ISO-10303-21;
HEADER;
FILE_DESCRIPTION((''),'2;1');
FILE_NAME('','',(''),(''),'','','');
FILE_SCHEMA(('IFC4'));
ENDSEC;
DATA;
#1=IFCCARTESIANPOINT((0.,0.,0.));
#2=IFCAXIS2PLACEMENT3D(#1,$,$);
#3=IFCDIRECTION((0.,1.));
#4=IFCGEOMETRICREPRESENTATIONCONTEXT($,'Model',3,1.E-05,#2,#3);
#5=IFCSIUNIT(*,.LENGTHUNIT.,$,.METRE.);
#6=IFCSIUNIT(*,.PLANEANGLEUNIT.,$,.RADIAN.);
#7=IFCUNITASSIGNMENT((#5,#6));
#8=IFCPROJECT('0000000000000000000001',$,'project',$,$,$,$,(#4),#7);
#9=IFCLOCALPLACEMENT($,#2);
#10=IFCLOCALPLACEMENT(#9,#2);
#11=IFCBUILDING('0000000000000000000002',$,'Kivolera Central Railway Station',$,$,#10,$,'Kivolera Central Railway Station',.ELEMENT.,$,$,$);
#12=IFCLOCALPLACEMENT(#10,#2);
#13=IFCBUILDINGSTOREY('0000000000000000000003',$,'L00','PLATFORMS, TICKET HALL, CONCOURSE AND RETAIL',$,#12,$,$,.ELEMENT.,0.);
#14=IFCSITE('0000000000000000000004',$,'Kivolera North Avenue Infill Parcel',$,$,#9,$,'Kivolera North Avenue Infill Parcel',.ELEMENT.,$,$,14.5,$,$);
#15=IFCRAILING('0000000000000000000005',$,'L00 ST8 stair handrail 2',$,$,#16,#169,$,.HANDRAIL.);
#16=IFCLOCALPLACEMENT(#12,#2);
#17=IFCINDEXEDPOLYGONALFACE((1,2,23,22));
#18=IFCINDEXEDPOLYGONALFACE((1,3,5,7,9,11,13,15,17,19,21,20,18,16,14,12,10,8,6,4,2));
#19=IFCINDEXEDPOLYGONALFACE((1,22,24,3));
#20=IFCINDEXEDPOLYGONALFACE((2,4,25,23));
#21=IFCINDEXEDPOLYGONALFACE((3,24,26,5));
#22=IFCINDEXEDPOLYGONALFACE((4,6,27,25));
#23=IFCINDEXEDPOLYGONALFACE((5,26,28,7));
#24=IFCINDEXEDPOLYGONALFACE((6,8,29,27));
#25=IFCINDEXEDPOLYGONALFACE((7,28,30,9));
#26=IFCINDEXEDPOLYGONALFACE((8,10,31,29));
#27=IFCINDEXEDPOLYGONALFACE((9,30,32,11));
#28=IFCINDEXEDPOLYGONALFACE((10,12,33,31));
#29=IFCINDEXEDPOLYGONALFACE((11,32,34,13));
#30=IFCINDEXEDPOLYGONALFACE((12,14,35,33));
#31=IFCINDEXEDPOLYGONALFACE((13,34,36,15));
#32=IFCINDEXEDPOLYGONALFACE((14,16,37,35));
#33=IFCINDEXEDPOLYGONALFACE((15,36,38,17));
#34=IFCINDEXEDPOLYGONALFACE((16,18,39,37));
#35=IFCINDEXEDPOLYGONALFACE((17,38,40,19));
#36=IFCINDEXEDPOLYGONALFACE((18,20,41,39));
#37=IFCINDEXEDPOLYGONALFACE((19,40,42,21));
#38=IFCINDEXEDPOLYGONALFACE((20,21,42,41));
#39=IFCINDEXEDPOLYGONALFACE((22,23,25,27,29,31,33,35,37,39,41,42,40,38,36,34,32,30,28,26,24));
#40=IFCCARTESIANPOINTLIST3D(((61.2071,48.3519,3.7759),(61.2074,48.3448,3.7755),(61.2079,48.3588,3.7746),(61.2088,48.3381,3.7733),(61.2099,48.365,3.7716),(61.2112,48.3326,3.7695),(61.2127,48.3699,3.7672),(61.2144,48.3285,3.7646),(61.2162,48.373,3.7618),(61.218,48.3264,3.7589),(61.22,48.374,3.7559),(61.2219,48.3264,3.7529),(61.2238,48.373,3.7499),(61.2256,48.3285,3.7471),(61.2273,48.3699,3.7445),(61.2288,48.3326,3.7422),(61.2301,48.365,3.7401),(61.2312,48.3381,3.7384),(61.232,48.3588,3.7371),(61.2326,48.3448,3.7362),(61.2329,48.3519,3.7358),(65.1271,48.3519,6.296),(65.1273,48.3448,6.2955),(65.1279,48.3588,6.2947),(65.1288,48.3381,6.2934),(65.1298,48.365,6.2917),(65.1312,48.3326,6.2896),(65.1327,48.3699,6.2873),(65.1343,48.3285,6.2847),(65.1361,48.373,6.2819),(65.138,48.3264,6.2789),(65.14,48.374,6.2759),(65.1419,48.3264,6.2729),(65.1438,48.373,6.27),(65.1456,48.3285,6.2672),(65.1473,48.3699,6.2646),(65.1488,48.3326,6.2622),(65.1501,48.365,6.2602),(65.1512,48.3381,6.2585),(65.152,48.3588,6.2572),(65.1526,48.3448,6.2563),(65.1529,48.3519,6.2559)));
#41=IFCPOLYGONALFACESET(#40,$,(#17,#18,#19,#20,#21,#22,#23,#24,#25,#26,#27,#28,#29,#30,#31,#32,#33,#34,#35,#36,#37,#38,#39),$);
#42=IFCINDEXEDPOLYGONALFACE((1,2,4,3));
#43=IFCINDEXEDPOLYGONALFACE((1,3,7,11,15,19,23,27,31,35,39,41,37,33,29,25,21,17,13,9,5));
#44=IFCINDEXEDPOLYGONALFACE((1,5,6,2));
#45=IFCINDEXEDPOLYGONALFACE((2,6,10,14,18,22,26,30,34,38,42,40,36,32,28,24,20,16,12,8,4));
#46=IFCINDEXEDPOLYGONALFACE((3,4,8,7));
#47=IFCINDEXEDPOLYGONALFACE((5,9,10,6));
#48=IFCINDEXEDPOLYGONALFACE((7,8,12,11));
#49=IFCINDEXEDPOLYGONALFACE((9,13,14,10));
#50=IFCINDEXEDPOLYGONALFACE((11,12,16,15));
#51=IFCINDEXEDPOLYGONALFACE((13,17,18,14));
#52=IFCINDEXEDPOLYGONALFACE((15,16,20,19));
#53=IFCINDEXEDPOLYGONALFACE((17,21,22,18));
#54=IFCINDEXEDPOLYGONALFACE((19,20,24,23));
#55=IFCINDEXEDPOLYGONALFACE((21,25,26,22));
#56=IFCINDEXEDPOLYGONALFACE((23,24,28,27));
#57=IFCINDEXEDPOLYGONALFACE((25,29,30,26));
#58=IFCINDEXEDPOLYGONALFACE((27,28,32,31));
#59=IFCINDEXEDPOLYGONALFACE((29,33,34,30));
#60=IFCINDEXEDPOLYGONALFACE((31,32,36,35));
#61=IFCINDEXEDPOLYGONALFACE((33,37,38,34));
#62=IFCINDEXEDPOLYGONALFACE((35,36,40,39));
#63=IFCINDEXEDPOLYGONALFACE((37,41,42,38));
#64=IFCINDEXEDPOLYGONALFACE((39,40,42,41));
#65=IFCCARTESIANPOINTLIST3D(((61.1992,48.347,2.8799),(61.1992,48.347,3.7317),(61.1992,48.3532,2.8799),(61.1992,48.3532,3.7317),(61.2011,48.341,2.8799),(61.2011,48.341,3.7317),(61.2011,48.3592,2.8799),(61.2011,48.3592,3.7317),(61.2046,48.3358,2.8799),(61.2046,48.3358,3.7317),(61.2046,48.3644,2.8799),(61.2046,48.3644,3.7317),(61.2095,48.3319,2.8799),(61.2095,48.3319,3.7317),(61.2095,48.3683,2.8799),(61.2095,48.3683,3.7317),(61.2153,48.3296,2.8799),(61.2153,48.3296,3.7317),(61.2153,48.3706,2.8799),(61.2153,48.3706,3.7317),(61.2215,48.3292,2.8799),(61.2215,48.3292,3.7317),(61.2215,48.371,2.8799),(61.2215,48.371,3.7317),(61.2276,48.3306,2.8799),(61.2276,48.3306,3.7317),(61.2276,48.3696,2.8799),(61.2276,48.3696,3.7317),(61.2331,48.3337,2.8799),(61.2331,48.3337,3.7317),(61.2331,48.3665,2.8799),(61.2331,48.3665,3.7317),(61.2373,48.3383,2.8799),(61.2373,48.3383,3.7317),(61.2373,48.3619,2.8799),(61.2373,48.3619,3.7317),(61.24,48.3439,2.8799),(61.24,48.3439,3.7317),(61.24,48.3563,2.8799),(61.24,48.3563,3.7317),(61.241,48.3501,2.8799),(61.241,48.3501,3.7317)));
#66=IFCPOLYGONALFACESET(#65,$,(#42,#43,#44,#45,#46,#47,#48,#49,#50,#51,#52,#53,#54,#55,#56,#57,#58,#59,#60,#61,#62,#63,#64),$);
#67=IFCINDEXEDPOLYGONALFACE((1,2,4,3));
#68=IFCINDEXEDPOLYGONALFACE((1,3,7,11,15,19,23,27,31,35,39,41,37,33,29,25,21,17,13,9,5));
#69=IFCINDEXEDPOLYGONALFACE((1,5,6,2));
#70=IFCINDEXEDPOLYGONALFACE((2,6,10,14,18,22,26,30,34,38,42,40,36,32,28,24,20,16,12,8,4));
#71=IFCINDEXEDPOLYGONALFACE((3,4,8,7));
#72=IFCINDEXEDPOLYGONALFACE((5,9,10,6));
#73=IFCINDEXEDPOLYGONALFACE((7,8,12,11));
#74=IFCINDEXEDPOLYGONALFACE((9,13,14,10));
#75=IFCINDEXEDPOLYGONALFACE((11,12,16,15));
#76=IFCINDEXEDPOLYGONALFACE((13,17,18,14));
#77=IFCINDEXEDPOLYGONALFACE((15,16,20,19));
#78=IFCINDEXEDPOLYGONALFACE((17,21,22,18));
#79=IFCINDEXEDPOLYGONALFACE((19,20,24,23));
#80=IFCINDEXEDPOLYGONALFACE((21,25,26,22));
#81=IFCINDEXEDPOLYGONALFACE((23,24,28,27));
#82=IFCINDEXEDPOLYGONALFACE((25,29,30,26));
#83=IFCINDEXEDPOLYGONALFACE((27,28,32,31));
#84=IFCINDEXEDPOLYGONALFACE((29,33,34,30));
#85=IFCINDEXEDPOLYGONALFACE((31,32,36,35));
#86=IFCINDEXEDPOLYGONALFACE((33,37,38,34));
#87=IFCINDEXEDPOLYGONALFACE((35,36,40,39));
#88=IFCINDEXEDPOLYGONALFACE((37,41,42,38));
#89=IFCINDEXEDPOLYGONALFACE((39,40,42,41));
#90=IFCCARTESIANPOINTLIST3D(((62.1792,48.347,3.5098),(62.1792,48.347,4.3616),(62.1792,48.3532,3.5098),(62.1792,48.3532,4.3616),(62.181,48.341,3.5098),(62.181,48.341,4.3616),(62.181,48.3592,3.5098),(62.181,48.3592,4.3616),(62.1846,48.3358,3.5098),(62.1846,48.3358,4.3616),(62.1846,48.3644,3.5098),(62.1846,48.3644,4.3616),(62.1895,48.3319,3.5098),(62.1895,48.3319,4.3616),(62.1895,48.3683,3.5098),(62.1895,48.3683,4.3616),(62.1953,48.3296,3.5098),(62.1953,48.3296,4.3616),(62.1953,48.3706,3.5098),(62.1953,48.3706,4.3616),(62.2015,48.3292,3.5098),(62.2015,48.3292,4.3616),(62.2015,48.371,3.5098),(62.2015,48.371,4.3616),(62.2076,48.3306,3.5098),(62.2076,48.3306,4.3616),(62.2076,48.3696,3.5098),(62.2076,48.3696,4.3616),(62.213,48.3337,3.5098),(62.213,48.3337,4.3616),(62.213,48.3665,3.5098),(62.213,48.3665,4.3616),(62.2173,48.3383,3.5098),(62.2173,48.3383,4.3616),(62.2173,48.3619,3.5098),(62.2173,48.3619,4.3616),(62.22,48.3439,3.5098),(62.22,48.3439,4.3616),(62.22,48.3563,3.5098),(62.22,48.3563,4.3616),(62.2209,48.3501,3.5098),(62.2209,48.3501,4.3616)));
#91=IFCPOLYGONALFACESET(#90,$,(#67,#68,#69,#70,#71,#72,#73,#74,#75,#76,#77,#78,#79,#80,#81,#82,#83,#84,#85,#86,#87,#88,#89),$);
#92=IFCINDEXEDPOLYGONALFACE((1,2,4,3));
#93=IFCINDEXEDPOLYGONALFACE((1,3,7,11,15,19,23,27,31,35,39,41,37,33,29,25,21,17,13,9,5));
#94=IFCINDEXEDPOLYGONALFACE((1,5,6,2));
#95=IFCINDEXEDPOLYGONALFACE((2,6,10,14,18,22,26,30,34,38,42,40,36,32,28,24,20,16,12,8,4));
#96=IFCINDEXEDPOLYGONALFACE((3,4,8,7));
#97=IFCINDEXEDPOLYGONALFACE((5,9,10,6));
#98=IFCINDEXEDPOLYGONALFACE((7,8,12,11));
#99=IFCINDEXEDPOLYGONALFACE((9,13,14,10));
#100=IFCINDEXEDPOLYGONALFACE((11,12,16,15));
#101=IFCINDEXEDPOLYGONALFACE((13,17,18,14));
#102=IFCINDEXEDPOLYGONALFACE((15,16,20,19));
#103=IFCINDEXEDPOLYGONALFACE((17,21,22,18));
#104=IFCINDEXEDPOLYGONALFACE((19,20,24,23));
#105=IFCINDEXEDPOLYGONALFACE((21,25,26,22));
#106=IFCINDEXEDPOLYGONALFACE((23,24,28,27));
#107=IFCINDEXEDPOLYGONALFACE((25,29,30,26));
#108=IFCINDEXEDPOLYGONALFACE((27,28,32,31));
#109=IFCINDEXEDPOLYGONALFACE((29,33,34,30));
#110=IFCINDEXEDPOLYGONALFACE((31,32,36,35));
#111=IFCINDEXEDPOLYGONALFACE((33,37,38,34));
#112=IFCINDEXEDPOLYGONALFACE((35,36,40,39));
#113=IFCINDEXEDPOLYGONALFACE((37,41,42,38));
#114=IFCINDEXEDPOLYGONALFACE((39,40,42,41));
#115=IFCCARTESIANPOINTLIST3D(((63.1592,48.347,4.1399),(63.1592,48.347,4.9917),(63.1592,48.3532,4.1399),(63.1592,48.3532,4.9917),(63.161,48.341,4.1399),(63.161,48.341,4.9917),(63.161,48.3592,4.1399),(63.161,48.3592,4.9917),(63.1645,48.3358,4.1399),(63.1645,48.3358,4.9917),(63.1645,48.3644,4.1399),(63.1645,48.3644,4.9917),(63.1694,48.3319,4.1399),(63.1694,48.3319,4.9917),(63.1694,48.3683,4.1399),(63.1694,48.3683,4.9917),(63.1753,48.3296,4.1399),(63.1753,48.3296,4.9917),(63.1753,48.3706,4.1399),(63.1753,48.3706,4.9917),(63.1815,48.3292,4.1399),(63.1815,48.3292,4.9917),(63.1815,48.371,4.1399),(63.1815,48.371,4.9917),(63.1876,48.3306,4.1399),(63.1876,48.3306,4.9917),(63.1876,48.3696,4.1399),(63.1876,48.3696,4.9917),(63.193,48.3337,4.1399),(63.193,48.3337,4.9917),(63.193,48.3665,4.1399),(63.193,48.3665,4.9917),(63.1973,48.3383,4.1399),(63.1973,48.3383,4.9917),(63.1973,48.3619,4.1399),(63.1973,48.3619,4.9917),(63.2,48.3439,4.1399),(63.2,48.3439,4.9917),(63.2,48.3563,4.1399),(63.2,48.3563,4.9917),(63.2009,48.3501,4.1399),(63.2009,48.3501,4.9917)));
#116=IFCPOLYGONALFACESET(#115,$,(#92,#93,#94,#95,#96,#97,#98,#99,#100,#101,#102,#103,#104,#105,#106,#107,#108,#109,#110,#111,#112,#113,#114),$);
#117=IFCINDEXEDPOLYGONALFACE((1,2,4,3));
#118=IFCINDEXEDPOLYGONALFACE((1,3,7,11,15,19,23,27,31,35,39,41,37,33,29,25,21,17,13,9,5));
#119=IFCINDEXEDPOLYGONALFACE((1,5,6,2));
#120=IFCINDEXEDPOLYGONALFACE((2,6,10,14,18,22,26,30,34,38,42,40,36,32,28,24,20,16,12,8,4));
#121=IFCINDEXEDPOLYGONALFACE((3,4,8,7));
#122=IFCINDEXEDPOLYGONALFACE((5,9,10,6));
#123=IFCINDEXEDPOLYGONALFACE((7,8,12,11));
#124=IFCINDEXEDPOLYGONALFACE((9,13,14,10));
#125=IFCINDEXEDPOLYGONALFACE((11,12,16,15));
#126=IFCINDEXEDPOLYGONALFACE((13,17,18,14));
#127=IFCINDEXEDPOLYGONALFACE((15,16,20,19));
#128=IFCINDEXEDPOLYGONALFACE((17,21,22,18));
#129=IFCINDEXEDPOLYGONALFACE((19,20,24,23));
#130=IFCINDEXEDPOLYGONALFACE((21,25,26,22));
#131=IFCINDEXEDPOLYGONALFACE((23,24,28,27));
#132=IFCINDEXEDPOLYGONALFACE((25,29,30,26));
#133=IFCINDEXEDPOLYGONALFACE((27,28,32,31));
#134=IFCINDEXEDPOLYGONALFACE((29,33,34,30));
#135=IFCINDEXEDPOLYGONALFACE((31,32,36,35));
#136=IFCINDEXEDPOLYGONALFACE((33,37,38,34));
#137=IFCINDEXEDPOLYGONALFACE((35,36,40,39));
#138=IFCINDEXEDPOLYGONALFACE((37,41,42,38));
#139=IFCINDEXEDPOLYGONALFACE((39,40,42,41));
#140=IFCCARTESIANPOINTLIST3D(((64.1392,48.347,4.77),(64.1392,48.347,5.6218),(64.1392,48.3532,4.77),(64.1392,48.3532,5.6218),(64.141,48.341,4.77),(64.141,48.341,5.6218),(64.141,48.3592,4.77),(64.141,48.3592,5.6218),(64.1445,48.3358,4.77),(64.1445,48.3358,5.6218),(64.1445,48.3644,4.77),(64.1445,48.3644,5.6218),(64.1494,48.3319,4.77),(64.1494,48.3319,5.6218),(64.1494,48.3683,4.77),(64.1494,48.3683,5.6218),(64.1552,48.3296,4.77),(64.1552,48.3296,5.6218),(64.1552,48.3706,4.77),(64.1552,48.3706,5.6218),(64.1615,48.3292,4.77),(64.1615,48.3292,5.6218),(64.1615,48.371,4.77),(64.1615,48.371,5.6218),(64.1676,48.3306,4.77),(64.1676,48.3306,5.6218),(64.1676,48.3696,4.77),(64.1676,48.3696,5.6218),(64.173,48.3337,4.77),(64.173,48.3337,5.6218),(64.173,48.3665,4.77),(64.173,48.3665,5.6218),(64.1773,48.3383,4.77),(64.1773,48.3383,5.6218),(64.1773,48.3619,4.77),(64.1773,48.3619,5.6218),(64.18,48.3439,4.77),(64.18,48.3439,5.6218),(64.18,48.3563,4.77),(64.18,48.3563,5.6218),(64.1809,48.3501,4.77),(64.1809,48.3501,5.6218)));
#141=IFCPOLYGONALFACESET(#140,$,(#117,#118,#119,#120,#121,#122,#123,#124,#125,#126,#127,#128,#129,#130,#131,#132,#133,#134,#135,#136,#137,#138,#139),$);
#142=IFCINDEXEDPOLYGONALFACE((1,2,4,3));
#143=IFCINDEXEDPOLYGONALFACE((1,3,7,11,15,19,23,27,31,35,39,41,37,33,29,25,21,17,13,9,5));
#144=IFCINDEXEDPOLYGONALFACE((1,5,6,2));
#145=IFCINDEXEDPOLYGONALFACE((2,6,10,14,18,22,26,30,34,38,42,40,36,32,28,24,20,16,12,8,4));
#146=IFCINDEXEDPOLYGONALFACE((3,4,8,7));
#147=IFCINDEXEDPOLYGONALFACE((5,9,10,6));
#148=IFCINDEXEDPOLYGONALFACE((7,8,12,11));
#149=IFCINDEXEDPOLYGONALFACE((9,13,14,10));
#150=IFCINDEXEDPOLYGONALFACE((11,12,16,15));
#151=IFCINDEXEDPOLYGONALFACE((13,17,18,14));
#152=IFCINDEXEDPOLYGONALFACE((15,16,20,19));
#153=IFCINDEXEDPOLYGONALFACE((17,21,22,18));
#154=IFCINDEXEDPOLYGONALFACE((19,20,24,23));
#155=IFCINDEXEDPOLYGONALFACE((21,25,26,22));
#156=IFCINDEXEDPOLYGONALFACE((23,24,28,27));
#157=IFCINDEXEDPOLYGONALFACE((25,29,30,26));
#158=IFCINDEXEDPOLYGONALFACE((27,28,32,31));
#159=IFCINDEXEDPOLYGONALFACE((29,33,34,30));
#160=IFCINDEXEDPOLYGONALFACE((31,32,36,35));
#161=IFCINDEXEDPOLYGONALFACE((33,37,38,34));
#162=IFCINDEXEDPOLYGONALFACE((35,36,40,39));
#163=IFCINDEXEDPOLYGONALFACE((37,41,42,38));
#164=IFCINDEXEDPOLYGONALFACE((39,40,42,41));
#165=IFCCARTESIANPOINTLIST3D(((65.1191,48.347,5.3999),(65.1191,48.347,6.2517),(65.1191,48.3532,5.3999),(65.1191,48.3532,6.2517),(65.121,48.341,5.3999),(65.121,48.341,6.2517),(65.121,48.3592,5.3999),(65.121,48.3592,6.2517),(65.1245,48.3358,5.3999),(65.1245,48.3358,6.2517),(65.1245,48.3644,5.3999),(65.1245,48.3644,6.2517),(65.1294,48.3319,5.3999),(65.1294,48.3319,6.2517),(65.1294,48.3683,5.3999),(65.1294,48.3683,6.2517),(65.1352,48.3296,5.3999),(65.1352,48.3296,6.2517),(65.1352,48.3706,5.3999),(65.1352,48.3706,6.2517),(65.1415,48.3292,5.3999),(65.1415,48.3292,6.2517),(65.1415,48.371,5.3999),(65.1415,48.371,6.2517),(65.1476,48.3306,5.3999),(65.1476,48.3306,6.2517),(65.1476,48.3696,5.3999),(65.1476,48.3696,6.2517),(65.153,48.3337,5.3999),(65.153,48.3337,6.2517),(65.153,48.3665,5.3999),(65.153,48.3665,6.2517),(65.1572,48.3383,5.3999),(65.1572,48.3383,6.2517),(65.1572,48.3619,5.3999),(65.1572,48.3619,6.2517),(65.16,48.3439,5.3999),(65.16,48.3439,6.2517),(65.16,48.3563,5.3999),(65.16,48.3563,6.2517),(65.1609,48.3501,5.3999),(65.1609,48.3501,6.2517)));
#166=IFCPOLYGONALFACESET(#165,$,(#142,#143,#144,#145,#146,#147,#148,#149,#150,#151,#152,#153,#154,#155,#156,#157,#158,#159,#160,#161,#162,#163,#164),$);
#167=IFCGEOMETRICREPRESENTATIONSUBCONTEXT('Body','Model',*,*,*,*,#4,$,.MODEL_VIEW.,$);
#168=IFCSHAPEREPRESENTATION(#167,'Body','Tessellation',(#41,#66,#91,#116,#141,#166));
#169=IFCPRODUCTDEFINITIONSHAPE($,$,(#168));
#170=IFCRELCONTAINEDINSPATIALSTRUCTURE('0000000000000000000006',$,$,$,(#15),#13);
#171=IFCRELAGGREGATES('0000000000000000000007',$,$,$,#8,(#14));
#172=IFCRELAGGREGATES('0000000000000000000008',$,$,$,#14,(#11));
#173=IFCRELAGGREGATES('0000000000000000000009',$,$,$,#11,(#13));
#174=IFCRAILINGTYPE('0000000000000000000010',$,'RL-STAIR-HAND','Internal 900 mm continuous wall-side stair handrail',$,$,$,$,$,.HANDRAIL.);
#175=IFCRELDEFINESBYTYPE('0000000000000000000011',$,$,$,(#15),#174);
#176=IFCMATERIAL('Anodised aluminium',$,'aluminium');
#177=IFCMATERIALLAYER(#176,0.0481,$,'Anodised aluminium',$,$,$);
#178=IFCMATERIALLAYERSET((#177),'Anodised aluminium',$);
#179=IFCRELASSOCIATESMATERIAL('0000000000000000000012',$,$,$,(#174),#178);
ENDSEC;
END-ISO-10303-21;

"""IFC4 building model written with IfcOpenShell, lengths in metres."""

from ifc_helpers import new_model, si_unit, direction, frame, origin, origin_2d, place, context, subcontext, project, spatial, circle, extrude, material, layer, layer_set, type_object, element, save


model = new_model("IFC4")

# Units and contexts
model_context = context("Model", 3, precision=1e-05, world=origin(), true_north=direction((0.0, 1.0)))
body_context = subcontext(model_context, "Body", "Model", "MODEL_VIEW")
ifc_project = project(units=[si_unit("LENGTHUNIT", "METRE"), si_unit("PLANEANGLEUNIT", "RADIAN")], contexts=[model_context])

# Site, building, storey
site_placement = place(None, origin())
site = spatial("IfcSite", under=ifc_project, at=site_placement, Name="Kivolera North Avenue Infill Parcel", LongName="Kivolera North Avenue Infill Parcel", CompositionType="ELEMENT", RefElevation=14.5)
building_placement = place(site_placement, origin())
building = spatial("IfcBuilding", under=site, at=building_placement, Name="Kivolera Central Railway Station", LongName="Kivolera Central Railway Station", CompositionType="ELEMENT")
storey_placement = place(building_placement, origin())
storey = spatial("IfcBuildingStorey", under=building, at=storey_placement, Name="L00", Description="PLATFORMS, TICKET HALL, CONCOURSE AND RETAIL", CompositionType="ELEMENT", Elevation=0.0)

# Railing
ifc_material_1 = material(Name="Anodised aluminium", Category="aluminium")
ifc_layer_1 = layer(ifc_material_1, 0.0481, Name="Anodised aluminium")
ifc_layer_set_1 = layer_set([ifc_layer_1], Name="Anodised aluminium")
railing_type_1 = type_object("IfcRailingType", Name="RL-STAIR-HAND", Description="Internal 900 mm continuous wall-side stair handrail", PredefinedType="HANDRAIL", material=ifc_layer_set_1)
railing_1_placement = place(storey_placement, frame((61.22, 48.3501, 2.8799)))
element("IfcRailing", 1, at=railing_1_placement, inside=storey, type_object=railing_type_1, Name="L00 ST8 stair handrail 2", PredefinedType="HANDRAIL", context=body_context, shape_type="SweptSolid", body=[
    extrude(circle(Radius=0.0239, at=origin_2d()), frame((0.0, 0.0, 0.876), z_axis=(0.841172, 0.0, 0.540768), x_axis=(0.0, 1.0, 0.0)), (0.0, 0.0, 1.0), 4.6602),
    extrude(circle(Radius=0.021, at=origin_2d()), origin(), (0.0, 0.0, 1.0), 0.8518),
    extrude(circle(Radius=0.021, at=origin_2d()), frame((0.98, 0.0, 0.6299)), (0.0, 0.0, 1.0), 0.8518),
    extrude(circle(Radius=0.021, at=origin_2d()), frame((1.96, 0.0, 1.26)), (0.0, 0.0, 1.0), 0.8518),
    extrude(circle(Radius=0.021, at=origin_2d()), frame((2.9399, 0.0, 1.8901)), (0.0, 0.0, 1.0), 0.8518),
    extrude(circle(Radius=0.021, at=origin_2d()), frame((3.9199, 0.0, 2.52)), (0.0, 0.0, 1.0), 0.8518),
])

save(model, "model.ifc")
